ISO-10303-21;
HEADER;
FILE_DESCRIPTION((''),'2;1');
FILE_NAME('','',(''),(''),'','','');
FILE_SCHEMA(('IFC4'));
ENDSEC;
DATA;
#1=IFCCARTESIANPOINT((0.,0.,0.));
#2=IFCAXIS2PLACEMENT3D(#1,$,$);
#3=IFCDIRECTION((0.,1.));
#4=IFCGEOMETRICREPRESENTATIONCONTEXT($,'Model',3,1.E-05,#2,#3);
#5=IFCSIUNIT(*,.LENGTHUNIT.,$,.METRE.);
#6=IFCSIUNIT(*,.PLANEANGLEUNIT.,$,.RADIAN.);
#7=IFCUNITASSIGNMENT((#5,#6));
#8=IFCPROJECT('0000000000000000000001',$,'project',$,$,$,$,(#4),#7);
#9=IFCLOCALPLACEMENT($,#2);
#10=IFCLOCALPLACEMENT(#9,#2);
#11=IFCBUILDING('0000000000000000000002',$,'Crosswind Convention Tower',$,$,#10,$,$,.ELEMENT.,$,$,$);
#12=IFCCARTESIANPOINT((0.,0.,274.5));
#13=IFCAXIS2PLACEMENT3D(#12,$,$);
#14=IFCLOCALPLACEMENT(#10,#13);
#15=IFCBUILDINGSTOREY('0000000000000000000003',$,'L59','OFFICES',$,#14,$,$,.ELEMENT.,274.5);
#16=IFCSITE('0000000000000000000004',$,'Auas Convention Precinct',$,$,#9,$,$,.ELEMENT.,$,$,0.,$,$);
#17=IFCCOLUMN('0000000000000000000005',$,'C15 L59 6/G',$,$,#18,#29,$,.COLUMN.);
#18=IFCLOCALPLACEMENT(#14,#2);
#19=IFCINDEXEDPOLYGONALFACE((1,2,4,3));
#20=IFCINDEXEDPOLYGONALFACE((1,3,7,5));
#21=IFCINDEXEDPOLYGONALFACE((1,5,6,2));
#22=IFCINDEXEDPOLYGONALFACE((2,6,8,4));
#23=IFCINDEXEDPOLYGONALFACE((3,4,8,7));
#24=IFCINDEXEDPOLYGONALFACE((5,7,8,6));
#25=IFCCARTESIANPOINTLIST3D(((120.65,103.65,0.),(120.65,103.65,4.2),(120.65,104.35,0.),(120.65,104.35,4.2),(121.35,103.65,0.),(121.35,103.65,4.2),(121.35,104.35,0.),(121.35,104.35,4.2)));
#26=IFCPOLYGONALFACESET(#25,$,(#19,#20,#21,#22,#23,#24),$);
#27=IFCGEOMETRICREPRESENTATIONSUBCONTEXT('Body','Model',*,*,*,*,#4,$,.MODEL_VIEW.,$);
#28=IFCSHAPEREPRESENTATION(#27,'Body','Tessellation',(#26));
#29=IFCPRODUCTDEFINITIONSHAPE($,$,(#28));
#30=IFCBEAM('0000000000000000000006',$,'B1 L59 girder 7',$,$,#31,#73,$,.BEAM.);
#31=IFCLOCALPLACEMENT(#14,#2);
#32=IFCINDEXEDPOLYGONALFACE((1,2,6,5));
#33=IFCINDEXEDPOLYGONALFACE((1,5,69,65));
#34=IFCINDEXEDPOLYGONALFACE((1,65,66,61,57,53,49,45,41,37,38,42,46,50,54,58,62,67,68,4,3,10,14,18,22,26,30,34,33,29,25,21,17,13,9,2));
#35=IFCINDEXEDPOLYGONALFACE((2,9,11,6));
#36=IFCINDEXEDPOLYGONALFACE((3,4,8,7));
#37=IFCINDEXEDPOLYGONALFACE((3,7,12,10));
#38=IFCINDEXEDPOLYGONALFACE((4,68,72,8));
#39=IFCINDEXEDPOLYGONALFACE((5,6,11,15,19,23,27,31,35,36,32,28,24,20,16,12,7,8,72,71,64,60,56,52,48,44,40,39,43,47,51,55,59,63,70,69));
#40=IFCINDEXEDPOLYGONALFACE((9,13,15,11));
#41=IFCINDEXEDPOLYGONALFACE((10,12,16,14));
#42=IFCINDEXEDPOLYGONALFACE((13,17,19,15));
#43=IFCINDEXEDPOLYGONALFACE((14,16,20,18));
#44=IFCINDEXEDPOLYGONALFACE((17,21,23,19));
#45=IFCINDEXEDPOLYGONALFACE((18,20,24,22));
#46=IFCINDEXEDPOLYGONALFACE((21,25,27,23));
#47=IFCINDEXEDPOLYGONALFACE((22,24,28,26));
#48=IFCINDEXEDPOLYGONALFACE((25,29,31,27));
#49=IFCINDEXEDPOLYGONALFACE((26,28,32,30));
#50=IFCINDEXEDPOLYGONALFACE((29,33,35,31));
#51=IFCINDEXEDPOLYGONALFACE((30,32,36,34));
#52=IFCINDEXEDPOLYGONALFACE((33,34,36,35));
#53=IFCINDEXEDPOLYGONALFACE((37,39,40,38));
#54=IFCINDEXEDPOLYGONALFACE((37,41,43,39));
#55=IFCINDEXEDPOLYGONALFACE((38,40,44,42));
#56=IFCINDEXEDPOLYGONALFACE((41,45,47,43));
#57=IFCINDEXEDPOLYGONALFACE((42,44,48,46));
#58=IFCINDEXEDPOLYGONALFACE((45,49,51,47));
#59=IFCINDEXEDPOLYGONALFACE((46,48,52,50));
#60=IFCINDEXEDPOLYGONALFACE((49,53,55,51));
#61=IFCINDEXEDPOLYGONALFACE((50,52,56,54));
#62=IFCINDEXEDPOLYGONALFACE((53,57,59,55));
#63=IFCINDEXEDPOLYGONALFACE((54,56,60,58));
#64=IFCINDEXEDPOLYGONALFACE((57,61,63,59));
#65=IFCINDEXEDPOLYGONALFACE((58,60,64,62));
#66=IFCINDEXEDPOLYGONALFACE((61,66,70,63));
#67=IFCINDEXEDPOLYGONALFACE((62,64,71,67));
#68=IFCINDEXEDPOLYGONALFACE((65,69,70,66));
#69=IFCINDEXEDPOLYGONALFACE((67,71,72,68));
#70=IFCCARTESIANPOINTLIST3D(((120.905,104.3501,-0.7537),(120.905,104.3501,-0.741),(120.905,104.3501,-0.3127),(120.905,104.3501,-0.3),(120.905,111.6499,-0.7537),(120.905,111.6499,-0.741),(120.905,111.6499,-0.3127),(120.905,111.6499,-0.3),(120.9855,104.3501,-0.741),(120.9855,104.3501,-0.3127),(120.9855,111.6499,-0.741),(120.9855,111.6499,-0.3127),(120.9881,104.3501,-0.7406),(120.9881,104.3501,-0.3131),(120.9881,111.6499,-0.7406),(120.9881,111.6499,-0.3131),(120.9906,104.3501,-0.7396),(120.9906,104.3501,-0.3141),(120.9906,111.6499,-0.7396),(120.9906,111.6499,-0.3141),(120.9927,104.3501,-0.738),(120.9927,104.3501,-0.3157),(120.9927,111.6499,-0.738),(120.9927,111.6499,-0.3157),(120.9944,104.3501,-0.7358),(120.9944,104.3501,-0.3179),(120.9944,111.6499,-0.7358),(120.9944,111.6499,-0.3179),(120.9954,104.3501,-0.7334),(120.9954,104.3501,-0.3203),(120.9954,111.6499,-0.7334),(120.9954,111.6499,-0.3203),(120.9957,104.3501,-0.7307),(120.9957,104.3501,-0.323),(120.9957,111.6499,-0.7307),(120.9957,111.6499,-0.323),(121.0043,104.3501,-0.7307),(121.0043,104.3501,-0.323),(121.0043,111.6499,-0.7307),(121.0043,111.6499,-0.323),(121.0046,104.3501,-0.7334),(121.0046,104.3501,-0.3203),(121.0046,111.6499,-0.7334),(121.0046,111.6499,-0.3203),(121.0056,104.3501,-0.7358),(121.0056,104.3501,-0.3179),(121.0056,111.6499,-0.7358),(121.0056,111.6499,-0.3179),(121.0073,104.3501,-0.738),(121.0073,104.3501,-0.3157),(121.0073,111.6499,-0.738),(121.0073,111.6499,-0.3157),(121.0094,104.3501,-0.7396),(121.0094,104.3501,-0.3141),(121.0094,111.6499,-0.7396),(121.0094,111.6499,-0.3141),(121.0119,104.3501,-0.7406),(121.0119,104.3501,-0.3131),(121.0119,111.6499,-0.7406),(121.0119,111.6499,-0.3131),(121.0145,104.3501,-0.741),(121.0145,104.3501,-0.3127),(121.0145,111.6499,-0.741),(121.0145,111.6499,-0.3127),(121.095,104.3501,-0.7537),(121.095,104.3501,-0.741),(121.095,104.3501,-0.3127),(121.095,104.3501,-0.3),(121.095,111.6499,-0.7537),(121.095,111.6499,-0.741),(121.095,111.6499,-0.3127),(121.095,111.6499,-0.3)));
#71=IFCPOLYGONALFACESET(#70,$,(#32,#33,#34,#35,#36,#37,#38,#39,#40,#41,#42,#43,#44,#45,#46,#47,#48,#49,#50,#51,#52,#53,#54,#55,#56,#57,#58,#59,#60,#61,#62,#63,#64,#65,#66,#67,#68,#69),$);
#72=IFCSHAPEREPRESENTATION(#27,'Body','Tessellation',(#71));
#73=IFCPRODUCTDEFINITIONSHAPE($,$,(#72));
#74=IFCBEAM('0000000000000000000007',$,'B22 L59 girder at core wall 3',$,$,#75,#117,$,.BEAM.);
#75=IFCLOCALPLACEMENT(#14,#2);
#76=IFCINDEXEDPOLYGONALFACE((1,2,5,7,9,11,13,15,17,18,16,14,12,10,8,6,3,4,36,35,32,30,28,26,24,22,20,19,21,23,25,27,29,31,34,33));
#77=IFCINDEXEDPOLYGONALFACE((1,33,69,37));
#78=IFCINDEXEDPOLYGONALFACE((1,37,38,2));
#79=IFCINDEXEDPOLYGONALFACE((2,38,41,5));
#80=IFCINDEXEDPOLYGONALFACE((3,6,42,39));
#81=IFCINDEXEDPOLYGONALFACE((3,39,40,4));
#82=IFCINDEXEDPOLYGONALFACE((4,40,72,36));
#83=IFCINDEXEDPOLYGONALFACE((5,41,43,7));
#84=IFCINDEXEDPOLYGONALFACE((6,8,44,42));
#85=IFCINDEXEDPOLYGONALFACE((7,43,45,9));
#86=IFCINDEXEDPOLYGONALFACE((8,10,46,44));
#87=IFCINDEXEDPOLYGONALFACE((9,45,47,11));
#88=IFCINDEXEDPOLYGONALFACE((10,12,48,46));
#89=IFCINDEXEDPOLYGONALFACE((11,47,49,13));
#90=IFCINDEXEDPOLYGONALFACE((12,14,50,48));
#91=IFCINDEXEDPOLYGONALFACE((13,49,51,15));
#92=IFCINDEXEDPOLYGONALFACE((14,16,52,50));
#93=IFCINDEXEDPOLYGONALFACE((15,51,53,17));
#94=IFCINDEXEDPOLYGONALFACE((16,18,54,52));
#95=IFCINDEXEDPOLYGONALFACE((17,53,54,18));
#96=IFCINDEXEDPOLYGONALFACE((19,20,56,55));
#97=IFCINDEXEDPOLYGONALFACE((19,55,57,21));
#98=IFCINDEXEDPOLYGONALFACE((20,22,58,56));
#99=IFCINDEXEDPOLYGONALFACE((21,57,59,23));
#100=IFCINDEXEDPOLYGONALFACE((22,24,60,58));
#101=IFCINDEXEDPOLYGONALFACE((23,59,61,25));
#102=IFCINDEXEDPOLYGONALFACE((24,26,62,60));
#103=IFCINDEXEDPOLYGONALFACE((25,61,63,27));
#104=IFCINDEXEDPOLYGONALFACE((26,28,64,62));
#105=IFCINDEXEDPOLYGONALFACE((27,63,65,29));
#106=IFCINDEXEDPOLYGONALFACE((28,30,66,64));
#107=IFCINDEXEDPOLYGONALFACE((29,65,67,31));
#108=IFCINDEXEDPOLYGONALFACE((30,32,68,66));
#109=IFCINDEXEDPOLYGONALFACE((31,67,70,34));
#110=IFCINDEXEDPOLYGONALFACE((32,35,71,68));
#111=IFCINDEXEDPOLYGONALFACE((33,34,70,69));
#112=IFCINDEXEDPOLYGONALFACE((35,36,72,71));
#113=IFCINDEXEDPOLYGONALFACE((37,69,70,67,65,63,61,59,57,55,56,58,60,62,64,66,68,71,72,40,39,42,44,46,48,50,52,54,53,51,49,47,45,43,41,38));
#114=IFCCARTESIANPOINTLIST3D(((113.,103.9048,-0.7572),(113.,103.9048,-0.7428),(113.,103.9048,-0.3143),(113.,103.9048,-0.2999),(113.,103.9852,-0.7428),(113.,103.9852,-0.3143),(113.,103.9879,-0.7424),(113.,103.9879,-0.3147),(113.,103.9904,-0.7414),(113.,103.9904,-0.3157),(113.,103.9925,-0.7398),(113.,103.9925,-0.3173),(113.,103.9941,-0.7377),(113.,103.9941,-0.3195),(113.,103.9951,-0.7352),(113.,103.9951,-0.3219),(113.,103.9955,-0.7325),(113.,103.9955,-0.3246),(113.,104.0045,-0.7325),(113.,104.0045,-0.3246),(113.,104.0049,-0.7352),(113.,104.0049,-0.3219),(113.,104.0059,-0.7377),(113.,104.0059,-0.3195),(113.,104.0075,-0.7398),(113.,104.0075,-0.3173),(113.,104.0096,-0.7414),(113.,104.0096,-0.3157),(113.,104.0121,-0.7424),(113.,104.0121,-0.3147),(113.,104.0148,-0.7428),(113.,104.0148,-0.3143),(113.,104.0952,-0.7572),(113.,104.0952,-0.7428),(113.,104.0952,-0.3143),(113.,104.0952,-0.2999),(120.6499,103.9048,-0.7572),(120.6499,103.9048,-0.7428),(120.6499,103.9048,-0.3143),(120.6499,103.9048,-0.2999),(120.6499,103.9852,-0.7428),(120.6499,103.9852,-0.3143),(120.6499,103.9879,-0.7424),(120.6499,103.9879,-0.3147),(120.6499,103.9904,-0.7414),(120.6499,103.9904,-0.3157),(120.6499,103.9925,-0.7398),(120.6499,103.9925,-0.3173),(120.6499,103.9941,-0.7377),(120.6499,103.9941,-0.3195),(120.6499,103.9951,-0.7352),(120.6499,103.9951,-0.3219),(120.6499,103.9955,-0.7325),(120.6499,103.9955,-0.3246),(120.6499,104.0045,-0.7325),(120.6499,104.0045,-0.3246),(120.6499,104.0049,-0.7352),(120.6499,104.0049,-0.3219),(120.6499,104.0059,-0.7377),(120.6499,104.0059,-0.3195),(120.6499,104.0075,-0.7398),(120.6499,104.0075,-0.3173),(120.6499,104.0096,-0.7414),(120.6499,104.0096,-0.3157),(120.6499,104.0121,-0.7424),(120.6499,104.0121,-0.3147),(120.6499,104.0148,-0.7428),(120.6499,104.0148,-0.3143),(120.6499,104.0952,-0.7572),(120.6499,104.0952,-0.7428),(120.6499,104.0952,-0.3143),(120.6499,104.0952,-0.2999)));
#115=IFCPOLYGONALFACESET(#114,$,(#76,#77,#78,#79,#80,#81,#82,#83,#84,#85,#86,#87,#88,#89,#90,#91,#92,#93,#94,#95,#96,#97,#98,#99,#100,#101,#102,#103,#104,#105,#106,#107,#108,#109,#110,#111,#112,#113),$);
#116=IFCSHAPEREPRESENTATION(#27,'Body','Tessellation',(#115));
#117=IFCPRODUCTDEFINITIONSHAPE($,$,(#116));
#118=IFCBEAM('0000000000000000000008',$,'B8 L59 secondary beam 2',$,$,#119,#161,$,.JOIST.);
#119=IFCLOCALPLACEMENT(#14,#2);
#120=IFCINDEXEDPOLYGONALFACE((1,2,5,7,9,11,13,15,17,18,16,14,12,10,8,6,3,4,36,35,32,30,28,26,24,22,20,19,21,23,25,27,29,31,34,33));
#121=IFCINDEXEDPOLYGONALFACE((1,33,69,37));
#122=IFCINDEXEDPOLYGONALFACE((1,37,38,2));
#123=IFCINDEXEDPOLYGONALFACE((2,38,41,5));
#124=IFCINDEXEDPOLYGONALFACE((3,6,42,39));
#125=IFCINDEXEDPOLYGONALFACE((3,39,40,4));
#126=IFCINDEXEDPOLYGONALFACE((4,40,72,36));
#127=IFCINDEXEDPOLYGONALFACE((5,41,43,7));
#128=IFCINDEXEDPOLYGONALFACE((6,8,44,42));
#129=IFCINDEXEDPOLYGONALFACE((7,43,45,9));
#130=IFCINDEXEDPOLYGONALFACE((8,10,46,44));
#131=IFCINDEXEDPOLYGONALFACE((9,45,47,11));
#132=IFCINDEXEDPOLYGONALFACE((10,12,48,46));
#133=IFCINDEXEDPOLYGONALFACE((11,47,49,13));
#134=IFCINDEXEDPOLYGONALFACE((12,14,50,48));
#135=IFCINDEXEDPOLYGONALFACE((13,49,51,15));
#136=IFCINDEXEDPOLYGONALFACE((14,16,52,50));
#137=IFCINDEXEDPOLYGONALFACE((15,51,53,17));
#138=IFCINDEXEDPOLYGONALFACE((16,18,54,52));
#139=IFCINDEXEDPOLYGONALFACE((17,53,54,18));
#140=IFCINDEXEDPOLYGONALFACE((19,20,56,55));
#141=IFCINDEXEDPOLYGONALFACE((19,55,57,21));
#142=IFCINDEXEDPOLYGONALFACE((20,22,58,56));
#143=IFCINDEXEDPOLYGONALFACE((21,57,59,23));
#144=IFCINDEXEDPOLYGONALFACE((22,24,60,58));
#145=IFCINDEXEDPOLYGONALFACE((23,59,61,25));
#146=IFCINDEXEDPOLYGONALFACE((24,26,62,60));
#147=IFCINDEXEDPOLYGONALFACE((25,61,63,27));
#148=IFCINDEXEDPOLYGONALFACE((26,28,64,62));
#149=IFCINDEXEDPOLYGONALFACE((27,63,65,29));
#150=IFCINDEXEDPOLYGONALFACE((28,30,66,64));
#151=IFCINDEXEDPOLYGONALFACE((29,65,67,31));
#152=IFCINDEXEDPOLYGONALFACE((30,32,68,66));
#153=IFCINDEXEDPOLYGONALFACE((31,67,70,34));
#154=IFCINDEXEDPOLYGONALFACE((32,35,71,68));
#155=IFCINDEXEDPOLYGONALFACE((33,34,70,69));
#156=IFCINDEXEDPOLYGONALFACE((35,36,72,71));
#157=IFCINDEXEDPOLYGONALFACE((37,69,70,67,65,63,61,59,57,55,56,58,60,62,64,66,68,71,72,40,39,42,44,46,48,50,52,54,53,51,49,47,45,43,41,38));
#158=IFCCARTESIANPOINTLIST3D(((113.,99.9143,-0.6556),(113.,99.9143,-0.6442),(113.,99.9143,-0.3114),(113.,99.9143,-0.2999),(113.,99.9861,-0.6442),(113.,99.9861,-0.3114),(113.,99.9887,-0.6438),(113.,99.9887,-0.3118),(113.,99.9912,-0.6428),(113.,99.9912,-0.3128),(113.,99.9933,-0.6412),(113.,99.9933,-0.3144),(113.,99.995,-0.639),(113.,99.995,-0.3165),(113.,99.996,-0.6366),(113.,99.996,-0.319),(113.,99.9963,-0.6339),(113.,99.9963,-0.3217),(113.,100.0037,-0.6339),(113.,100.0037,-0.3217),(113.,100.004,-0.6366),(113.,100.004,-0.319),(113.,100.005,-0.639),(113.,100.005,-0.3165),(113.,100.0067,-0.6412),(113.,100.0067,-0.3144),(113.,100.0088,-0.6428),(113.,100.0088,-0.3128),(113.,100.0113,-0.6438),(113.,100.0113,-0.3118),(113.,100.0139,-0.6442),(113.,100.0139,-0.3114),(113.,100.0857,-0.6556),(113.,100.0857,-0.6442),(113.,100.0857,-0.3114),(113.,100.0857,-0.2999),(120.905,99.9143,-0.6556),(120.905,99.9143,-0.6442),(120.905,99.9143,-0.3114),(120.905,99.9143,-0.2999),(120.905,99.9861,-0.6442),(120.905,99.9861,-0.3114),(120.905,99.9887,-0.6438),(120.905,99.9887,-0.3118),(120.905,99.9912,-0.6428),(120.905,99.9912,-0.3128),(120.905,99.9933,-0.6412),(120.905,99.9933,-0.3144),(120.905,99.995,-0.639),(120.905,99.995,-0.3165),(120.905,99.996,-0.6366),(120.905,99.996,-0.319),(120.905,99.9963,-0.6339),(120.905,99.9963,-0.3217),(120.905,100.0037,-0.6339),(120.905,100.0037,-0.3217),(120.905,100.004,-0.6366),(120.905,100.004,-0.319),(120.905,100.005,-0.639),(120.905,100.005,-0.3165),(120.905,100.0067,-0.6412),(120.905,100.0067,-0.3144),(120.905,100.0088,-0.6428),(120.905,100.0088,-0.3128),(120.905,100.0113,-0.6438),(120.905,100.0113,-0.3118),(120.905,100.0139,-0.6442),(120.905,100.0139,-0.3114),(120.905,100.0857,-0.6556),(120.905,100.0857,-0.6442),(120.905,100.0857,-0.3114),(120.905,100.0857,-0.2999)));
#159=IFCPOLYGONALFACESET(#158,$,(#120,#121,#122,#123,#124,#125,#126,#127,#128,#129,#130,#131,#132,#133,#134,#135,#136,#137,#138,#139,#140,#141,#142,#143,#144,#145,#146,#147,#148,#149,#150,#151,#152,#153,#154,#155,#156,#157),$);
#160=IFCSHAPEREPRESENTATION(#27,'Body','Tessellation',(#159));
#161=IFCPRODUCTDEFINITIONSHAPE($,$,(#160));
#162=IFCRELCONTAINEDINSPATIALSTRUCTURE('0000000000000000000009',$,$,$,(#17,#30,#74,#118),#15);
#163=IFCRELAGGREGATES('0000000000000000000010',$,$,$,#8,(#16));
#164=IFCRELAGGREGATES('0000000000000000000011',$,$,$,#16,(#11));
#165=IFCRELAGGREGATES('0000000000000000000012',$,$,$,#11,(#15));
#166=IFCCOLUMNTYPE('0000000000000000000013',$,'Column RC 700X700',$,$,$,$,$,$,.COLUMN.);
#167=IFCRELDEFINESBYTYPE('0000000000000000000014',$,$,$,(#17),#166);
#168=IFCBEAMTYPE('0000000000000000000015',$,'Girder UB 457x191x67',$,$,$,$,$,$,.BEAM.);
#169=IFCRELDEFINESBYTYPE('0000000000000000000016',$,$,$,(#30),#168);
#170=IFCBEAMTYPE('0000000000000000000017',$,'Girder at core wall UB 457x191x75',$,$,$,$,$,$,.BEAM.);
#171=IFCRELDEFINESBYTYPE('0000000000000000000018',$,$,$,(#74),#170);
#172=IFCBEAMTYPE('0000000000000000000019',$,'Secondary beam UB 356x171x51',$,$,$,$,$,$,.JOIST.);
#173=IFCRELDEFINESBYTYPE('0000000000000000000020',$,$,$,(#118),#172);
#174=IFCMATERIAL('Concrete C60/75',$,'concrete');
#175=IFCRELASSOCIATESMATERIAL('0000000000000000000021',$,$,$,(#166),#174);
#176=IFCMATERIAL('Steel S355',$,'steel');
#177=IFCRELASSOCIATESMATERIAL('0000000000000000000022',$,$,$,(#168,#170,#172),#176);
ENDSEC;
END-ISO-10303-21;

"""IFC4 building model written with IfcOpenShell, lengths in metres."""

from ifc_helpers import new_model, si_unit, direction, frame, origin, origin_2d, place, context, subcontext, project, spatial, rectangle, i_section, extrude, material, material_profile, profile_set, type_object, element, save


model = new_model("IFC4")

# Units and contexts
model_context = context("Model", 3, precision=1e-05, world=origin(), true_north=direction((0.0, 1.0)))
body_context = subcontext(model_context, "Body", "Model", "MODEL_VIEW")
ifc_project = project(units=[si_unit("LENGTHUNIT", "METRE"), si_unit("PLANEANGLEUNIT", "RADIAN")], contexts=[model_context])

# Site, building, storey
site_placement = place(None, origin())
site = spatial("IfcSite", under=ifc_project, at=site_placement, Name="Auas Convention Precinct", CompositionType="ELEMENT", RefElevation=0.0)
building_placement = place(site_placement, origin())
building = spatial("IfcBuilding", under=site, at=building_placement, Name="Crosswind Convention Tower", CompositionType="ELEMENT")
storey_placement = place(building_placement, frame((0.0, 0.0, 274.5)))
storey = spatial("IfcBuildingStorey", under=building, at=storey_placement, Name="L59", Description="OFFICES", CompositionType="ELEMENT", Elevation=274.5)

# Column
ifc_material_1 = material(Name="Concrete C60/75", Category="concrete")
ifc_material_profile_1 = material_profile(ifc_material_1, rectangle(XDim=0.7, YDim=0.7, at=origin_2d()), Name="RC 700X700")
ifc_profile_set_1 = profile_set([ifc_material_profile_1], Name="Concrete C60/75")
column_type = type_object("IfcColumnType", Name="Column RC 700X700", PredefinedType="COLUMN", material=ifc_profile_set_1)
column_placement = place(storey_placement, frame((121.0, 104.0, 0.0), z_axis=(0.0, 0.0, 1.0), x_axis=(1.0, 0.0, 0.0)))
element("IfcColumn", 1, at=column_placement, inside=storey, type_object=column_type, Name="C15 L59 6/G", PredefinedType="COLUMN", context=body_context, shape_type="SweptSolid", body=[
    extrude(rectangle(XDim=0.7, YDim=0.7, at=origin_2d()), origin(), (0.0, 0.0, 1.0), 4.2),
])

# Beams
ifc_material_2 = material(Name="Steel S355", Category="steel")
ifc_material_profile_2 = material_profile(ifc_material_2, i_section(OverallWidth=0.1899, OverallDepth=0.4536, WebThickness=0.0085, FlangeThickness=0.0127, FilletRadius=0.0103, at=origin_2d()), Name="UB 457x191x67")
ifc_profile_set_2 = profile_set([ifc_material_profile_2], Name="Steel S355")
beam_type_1 = type_object("IfcBeamType", Name="Girder UB 457x191x67", PredefinedType="BEAM", material=ifc_profile_set_2)
beam_1_placement = place(storey_placement, frame((121.0, 104.3501, -0.5269), z_axis=(0.0, 1.0, 0.0), x_axis=(-1.0, 0.0, 0.0)))
element("IfcBeam", 2, at=beam_1_placement, inside=storey, type_object=beam_type_1, Name="B1 L59 girder 7", PredefinedType="BEAM", context=body_context, shape_type="SweptSolid", body=[
    extrude(i_section(OverallWidth=0.1899, OverallDepth=0.4536, WebThickness=0.0085, FlangeThickness=0.0127, FilletRadius=0.0103, at=origin_2d()), origin(), (0.0, 0.0, 1.0), 7.2998),
])
ifc_material_profile_3 = material_profile(ifc_material_2, i_section(OverallWidth=0.1904, OverallDepth=0.4573, WebThickness=0.009, FlangeThickness=0.0144, FilletRadius=0.0103, at=origin_2d()), Name="UB 457x191x75")
ifc_profile_set_3 = profile_set([ifc_material_profile_3], Name="Steel S355")
beam_type_2 = type_object("IfcBeamType", Name="Girder at core wall UB 457x191x75", PredefinedType="BEAM", material=ifc_profile_set_3)
beam_2_placement = place(storey_placement, frame((113.0, 104.0, -0.5286), z_axis=(1.0, 0.0, 0.0), x_axis=(0.0, 1.0, 0.0)))
element("IfcBeam", 3, at=beam_2_placement, inside=storey, type_object=beam_type_2, Name="B22 L59 girder at core wall 3", PredefinedType="BEAM", context=body_context, shape_type="SweptSolid", body=[
    extrude(i_section(OverallWidth=0.1904, OverallDepth=0.4573, WebThickness=0.009, FlangeThickness=0.0144, FilletRadius=0.0103, at=origin_2d()), origin(), (0.0, 0.0, 1.0), 7.6499),
])
ifc_material_profile_4 = material_profile(ifc_material_2, i_section(OverallWidth=0.1714, OverallDepth=0.3557, WebThickness=0.0073, FlangeThickness=0.0115, FilletRadius=0.0103, at=origin_2d()), Name="UB 356x171x51")
ifc_profile_set_4 = profile_set([ifc_material_profile_4], Name="Steel S355")
beam_type_3 = type_object("IfcBeamType", Name="Secondary beam UB 356x171x51", PredefinedType="JOIST", material=ifc_profile_set_4)
for number, where, z_axis, x_axis, name in (
    (4, (113.0, 100.0, -0.4778), (1.0, 0.0, 0.0), (0.0, 1.0, 0.0), "B8 L59 secondary beam 2"),
):
    element("IfcBeam", number, at=place(storey_placement, frame(where, z_axis=z_axis, x_axis=x_axis)), inside=storey, type_object=beam_type_3, Name=name, PredefinedType="JOIST", context=body_context, shape_type="SweptSolid", body=[
        extrude(i_section(OverallWidth=0.1714, OverallDepth=0.3557, WebThickness=0.0073, FlangeThickness=0.0115, FilletRadius=0.0103, at=origin_2d()), origin(), (0.0, 0.0, 1.0), 7.905),
    ])

save(model, "model.ifc")
